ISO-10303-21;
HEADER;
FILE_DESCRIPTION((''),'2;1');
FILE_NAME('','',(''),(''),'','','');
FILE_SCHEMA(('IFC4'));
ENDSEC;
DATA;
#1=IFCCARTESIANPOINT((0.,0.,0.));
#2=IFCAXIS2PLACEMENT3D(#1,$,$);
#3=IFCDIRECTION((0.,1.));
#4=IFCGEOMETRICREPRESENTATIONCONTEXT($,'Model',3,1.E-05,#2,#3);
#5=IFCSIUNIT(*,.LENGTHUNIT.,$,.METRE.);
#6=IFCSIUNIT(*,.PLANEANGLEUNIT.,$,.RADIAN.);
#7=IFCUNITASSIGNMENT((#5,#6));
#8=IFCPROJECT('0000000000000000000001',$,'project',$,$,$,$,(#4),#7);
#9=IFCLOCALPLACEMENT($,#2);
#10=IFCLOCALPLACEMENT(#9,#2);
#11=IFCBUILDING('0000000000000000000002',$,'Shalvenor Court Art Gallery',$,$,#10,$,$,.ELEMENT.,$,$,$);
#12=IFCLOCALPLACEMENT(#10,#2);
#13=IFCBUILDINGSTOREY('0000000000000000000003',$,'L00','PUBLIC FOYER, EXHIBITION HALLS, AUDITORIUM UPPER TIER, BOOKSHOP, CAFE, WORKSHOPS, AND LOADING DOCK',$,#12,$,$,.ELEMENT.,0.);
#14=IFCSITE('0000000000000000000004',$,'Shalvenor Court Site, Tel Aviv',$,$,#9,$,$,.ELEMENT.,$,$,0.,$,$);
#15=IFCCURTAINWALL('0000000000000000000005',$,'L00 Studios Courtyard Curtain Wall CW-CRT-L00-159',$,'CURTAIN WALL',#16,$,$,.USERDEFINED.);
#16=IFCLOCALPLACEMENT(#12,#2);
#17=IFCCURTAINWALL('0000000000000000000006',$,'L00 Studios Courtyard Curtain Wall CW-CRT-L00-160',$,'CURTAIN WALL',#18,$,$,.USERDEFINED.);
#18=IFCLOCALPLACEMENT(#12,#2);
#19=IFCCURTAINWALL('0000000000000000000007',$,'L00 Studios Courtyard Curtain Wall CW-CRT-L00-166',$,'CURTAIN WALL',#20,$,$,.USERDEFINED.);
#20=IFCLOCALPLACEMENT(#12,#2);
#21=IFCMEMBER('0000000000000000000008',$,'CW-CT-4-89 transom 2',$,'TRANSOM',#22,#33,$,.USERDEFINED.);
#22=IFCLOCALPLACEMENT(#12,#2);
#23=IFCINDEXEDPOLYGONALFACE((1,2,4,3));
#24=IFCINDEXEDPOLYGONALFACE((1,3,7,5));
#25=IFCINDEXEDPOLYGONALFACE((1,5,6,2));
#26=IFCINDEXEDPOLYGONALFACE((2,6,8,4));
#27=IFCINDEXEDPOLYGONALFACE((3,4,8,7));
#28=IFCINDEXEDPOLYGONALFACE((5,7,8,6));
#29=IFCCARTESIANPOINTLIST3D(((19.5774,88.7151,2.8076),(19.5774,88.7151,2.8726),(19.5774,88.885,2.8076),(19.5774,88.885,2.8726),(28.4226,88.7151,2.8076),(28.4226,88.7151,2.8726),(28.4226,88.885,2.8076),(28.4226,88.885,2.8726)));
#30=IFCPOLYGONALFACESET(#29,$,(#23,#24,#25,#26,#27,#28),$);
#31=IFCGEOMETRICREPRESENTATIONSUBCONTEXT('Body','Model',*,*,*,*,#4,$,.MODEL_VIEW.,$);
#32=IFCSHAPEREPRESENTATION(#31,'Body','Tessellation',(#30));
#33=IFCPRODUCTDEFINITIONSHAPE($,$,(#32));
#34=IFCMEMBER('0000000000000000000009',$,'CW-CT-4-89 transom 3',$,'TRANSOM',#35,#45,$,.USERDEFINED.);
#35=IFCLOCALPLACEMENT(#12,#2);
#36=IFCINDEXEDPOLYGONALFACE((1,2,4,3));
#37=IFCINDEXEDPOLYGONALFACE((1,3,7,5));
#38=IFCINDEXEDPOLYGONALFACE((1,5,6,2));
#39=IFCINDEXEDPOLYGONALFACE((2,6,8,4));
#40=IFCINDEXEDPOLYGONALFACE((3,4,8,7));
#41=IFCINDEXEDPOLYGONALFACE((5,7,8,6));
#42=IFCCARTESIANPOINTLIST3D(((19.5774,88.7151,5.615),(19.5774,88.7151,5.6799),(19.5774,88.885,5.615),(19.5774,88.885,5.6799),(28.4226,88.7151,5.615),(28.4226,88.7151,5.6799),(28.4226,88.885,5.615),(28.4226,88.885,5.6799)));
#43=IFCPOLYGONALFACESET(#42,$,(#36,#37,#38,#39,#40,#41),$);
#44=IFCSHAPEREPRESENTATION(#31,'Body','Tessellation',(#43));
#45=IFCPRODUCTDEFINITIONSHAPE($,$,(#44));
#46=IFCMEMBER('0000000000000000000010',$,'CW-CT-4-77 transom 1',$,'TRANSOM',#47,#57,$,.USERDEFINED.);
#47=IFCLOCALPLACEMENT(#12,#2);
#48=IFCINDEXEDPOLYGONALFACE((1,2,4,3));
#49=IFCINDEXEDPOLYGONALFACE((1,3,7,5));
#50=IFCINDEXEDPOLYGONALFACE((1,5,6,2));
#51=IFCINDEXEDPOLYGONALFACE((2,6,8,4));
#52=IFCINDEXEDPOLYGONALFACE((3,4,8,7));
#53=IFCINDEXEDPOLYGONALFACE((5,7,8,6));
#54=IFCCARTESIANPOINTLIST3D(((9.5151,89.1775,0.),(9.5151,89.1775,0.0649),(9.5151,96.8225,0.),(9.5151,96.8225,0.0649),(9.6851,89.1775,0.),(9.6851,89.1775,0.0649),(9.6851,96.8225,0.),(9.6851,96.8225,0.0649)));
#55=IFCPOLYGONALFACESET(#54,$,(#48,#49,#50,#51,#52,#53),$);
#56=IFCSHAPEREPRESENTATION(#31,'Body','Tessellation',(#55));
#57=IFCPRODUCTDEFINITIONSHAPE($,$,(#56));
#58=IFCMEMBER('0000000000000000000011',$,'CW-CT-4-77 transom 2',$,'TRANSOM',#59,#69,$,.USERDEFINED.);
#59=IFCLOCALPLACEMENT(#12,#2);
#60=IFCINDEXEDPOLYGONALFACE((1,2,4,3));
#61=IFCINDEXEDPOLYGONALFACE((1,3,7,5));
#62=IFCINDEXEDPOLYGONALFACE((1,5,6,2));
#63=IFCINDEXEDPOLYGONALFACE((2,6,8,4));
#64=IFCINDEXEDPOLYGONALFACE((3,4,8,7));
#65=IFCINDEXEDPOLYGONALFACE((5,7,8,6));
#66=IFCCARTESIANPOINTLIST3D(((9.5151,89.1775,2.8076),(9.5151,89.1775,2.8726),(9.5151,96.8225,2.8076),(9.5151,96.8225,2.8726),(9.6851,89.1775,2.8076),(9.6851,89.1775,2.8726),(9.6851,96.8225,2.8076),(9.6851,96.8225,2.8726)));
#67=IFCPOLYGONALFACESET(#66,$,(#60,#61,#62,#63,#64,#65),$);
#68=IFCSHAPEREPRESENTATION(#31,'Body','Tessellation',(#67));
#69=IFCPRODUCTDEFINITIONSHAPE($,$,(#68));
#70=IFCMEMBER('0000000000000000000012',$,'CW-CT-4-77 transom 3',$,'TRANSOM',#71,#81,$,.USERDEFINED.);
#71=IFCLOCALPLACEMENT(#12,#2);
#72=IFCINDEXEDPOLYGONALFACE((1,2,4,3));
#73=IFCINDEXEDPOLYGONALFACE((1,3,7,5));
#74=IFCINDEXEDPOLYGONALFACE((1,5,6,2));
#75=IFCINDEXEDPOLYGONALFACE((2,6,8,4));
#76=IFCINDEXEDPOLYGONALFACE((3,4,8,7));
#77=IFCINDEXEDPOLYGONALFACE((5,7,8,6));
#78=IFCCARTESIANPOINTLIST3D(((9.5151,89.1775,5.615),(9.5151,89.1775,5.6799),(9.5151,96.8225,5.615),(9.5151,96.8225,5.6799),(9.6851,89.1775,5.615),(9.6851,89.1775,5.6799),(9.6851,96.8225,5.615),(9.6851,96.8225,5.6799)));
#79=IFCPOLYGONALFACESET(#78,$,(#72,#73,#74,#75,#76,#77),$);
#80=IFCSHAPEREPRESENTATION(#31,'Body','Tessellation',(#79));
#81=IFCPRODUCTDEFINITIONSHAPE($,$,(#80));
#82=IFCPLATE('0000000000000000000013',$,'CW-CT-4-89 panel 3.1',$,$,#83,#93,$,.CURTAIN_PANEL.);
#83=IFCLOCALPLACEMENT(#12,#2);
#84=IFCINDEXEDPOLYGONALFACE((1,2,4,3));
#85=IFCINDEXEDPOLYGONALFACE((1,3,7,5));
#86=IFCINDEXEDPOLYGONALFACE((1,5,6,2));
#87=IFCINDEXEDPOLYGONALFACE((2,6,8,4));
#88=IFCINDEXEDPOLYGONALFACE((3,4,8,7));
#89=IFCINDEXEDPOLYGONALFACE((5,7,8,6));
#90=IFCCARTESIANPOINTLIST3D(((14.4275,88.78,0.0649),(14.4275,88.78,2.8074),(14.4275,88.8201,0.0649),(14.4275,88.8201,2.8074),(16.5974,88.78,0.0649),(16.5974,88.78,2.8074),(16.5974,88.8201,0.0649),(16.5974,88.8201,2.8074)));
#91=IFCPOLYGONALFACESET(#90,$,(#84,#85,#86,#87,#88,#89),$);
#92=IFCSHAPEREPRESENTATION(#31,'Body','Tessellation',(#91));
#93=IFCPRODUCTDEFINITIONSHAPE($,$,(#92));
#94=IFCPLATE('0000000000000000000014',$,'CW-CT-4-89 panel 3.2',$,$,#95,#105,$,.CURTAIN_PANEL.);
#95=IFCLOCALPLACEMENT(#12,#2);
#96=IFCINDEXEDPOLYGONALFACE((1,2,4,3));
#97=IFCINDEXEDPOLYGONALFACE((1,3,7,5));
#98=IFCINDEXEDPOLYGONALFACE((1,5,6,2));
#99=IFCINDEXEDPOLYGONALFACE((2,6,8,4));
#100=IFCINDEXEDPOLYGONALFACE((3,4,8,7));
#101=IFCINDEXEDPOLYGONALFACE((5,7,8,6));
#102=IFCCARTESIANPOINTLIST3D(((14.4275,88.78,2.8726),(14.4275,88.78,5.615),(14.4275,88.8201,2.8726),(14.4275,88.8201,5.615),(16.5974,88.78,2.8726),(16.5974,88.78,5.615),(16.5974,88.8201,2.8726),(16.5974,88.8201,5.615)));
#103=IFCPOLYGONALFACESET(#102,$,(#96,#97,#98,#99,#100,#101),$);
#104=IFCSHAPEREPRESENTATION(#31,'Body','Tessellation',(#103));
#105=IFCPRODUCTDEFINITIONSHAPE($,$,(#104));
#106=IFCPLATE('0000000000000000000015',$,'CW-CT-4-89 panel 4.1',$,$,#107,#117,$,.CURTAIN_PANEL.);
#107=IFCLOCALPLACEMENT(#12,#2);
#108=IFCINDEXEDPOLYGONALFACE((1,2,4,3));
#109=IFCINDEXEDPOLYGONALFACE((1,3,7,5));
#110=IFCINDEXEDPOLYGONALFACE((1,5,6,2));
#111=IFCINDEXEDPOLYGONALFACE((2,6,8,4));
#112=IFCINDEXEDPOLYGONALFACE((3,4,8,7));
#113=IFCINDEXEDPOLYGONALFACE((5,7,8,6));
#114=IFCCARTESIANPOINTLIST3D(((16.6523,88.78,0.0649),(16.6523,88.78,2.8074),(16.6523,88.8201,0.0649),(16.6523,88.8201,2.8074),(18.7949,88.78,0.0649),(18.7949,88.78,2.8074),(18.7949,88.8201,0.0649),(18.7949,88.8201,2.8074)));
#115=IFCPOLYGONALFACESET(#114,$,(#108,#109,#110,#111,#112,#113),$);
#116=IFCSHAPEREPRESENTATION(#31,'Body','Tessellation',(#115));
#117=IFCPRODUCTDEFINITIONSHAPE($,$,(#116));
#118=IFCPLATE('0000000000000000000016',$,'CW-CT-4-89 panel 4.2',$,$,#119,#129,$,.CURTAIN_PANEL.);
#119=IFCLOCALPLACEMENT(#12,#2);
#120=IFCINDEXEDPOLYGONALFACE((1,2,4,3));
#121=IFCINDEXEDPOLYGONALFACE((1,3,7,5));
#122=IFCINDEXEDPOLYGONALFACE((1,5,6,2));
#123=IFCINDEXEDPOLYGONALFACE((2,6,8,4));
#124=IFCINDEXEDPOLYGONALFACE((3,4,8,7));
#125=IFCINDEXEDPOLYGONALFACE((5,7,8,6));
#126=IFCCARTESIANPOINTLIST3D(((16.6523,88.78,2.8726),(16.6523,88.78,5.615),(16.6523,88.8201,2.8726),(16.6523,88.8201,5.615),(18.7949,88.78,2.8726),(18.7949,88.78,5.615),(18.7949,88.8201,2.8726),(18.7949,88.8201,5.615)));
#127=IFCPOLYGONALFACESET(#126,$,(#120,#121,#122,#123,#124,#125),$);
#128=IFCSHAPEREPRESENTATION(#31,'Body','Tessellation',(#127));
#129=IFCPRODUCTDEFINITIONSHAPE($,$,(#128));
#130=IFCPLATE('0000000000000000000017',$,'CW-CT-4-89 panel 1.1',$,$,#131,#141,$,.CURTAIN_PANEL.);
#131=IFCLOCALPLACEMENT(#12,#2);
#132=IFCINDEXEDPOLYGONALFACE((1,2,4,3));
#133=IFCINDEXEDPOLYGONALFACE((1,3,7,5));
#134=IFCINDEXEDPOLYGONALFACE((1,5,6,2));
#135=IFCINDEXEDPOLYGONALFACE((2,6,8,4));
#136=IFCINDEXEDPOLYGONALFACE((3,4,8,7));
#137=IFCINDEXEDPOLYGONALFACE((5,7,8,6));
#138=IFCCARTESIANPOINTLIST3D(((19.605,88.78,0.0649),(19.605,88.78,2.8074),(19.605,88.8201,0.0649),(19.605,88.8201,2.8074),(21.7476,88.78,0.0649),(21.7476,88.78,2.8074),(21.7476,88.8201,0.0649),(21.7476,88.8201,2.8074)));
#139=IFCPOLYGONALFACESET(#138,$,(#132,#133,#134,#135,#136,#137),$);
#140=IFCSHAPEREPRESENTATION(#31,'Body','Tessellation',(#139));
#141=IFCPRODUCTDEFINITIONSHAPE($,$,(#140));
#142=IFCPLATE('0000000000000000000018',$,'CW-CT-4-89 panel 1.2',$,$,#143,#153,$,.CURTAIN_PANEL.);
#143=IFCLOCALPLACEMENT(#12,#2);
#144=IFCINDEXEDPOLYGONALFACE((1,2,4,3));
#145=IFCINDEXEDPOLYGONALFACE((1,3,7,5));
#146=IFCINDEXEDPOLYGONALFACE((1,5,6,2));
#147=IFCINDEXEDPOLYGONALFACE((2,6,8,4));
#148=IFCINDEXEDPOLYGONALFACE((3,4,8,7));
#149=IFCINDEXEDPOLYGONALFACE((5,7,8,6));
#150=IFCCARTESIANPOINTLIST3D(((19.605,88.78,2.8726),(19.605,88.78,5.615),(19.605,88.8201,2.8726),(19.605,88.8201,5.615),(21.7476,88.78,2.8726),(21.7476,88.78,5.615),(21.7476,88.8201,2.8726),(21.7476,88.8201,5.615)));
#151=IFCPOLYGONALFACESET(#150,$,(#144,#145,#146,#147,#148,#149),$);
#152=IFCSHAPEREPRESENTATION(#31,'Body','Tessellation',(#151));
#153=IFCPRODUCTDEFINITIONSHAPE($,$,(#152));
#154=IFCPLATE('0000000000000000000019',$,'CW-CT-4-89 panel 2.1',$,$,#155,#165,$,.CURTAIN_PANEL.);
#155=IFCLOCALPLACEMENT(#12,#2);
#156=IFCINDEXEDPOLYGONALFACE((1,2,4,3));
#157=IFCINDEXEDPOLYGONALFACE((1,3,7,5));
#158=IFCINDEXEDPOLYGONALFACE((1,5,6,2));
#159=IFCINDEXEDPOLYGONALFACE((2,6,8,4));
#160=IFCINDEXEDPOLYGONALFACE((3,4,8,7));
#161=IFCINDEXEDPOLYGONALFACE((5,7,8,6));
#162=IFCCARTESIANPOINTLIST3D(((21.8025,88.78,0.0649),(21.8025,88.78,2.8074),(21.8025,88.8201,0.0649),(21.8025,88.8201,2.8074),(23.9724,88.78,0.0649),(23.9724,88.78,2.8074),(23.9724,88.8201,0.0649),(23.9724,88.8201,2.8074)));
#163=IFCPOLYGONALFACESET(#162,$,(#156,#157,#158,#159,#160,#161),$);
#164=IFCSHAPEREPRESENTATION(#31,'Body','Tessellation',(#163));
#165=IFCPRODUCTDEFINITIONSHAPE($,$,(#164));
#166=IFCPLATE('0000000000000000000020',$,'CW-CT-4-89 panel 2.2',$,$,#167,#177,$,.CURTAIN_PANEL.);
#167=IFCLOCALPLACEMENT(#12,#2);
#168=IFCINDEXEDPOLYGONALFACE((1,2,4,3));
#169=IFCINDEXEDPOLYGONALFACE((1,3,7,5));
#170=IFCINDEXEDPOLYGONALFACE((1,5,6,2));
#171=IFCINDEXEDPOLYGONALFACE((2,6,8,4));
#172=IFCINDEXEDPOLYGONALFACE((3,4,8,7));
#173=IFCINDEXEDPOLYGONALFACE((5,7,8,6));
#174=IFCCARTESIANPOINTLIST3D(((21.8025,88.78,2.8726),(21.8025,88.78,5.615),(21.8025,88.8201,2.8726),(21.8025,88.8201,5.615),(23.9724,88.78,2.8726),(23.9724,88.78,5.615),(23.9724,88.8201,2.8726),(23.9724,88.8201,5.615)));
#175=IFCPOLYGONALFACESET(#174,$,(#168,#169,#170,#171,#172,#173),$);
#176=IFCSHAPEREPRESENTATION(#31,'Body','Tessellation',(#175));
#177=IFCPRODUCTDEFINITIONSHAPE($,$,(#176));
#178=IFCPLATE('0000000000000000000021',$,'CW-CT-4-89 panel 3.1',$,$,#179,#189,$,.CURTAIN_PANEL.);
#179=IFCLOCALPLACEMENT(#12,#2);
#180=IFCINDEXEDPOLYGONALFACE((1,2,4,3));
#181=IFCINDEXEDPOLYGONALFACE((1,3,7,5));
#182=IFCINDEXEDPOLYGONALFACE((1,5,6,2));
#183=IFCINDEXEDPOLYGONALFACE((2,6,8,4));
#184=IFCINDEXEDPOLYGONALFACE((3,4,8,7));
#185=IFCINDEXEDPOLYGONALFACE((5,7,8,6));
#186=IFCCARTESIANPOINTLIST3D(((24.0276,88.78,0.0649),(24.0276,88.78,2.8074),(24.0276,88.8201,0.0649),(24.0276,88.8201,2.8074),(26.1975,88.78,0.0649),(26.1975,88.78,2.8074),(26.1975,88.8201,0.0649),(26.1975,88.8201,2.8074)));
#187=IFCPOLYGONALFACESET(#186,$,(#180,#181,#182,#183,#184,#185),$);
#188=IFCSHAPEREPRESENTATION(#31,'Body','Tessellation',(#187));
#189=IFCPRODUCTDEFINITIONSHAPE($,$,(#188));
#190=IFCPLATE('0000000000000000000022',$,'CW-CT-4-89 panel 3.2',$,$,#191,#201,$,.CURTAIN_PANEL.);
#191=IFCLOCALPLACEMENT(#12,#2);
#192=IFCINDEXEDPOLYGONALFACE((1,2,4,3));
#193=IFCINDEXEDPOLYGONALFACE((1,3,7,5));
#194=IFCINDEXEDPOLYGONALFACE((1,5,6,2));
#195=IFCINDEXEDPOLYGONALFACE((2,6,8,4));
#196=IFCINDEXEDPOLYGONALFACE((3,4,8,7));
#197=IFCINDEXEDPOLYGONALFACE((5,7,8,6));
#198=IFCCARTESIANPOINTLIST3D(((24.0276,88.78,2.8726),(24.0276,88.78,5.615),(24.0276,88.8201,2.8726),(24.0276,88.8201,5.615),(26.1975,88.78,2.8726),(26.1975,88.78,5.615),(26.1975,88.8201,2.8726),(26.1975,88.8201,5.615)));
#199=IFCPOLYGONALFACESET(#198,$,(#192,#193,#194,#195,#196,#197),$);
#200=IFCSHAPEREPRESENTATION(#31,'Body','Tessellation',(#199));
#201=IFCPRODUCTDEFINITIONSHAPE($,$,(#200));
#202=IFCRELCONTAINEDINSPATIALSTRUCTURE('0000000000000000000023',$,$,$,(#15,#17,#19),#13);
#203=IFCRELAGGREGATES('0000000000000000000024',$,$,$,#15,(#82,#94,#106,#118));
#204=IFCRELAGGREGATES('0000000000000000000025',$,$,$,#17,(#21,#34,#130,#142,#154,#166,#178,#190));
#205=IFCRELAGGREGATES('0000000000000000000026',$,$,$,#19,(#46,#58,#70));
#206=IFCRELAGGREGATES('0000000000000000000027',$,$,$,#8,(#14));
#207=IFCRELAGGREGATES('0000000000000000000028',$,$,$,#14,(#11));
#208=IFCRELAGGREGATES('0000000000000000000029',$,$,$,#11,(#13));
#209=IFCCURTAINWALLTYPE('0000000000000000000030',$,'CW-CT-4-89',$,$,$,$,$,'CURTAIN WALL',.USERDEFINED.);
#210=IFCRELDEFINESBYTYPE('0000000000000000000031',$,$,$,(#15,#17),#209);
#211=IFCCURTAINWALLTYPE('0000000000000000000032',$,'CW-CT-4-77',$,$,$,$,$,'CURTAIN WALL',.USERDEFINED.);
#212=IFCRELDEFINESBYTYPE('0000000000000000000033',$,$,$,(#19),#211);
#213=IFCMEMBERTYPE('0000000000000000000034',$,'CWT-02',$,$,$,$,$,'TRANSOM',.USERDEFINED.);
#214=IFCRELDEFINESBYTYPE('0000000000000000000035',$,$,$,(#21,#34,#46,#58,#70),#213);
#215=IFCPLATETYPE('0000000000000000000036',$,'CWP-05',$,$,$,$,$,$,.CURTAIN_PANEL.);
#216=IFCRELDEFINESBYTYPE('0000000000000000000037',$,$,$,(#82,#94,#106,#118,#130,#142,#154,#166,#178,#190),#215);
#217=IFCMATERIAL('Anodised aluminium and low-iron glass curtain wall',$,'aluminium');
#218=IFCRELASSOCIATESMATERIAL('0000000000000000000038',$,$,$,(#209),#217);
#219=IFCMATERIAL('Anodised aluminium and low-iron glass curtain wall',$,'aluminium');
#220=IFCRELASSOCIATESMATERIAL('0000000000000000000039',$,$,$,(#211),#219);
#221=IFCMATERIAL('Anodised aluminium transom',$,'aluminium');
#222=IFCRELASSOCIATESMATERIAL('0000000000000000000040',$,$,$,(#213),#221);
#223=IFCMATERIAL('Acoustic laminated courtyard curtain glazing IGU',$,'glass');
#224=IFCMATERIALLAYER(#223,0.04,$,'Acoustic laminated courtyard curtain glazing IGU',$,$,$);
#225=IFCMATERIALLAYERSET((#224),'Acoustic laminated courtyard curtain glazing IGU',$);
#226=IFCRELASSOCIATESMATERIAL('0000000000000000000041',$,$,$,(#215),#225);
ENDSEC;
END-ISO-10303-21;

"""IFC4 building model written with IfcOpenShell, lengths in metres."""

from ifc_helpers import new_model, si_unit, direction, frame, origin, origin_2d, place, context, subcontext, project, spatial, rectangle, extrude, material, layer, layer_set, material_profile, profile_set, type_object, element, aggregate, save


model = new_model("IFC4")

# Units and contexts
model_context = context("Model", 3, precision=1e-05, world=origin(), true_north=direction((0.0, 1.0)))
body_context = subcontext(model_context, "Body", "Model", "MODEL_VIEW")
ifc_project = project(units=[si_unit("LENGTHUNIT", "METRE"), si_unit("PLANEANGLEUNIT", "RADIAN")], contexts=[model_context])

# Site, building, storey
site_placement = place(None, origin())
site = spatial("IfcSite", under=ifc_project, at=site_placement, Name="Shalvenor Court Site, Tel Aviv", CompositionType="ELEMENT", RefElevation=0.0)
building_placement = place(site_placement, origin())
building = spatial("IfcBuilding", under=site, at=building_placement, Name="Shalvenor Court Art Gallery", CompositionType="ELEMENT")
storey_placement = place(building_placement, origin())
storey = spatial("IfcBuildingStorey", under=building, at=storey_placement, Name="L00", Description="PUBLIC FOYER, EXHIBITION HALLS, AUDITORIUM UPPER TIER, BOOKSHOP, CAFE, WORKSHOPS, AND LOADING DOCK", CompositionType="ELEMENT", Elevation=0.0)

# Curtain walls
ifc_material_1 = material(Name="Anodised aluminium and low-iron glass curtain wall", Category="aluminium")
curtain_wall_type_1 = type_object("IfcCurtainWallType", Name="CW-CT-4-89", ElementType="CURTAIN WALL", PredefinedType="USERDEFINED", material=ifc_material_1)
curtain_wall_1_placement = place(storey_placement, origin())
curtain_wall_1 = element("IfcCurtainWall", 1, at=curtain_wall_1_placement, inside=storey, type_object=curtain_wall_type_1, Name="L00 Studios Courtyard Curtain Wall CW-CRT-L00-159", ObjectType="CURTAIN WALL", PredefinedType="USERDEFINED")
curtain_wall_2_placement = place(storey_placement, origin())
curtain_wall_2 = element("IfcCurtainWall", 2, at=curtain_wall_2_placement, inside=storey, type_object=curtain_wall_type_1, Name="L00 Studios Courtyard Curtain Wall CW-CRT-L00-160", ObjectType="CURTAIN WALL", PredefinedType="USERDEFINED")
ifc_material_2 = material(Name="Anodised aluminium and low-iron glass curtain wall", Category="aluminium")
curtain_wall_type_2 = type_object("IfcCurtainWallType", Name="CW-CT-4-77", ElementType="CURTAIN WALL", PredefinedType="USERDEFINED", material=ifc_material_2)

# Curtain wall
curtain_wall_3_placement = place(storey_placement, origin())
curtain_wall_3 = element("IfcCurtainWall", 3, at=curtain_wall_3_placement, inside=storey, type_object=curtain_wall_type_2, Name="L00 Studios Courtyard Curtain Wall CW-CRT-L00-166", ObjectType="CURTAIN WALL", PredefinedType="USERDEFINED")

# Members
ifc_material_3 = material(Name="Anodised aluminium transom", Category="aluminium")
ifc_material_profile_1 = material_profile(ifc_material_3, rectangle(XDim=0.1699, YDim=0.0649, at=origin_2d()), Name="CWT-02")
ifc_profile_set_1 = profile_set([ifc_material_profile_1], Name="Anodised aluminium transom")
member_type_1 = type_object("IfcMemberType", Name="CWT-02", ElementType="TRANSOM", PredefinedType="USERDEFINED", material=ifc_profile_set_1)
member_1_placement = place(storey_placement, frame((19.5774, 88.8, 2.8401), z_axis=(1.0, 0.0, 0.0), x_axis=(0.0, 1.0, 0.0)))
member_1 = element("IfcMember", 4, at=member_1_placement, type_object=member_type_1, Name="CW-CT-4-89 transom 2", ObjectType="TRANSOM", PredefinedType="USERDEFINED", context=body_context, shape_type="SweptSolid", body=[
    extrude(rectangle(XDim=0.1699, YDim=0.0649, at=origin_2d()), origin(), (0.0, 0.0, 1.0), 8.8452),
])
member_2_placement = place(storey_placement, frame((19.5774, 88.8, 5.6475), z_axis=(1.0, 0.0, 0.0), x_axis=(0.0, 1.0, 0.0)))
member_2 = element("IfcMember", 5, at=member_2_placement, type_object=member_type_1, Name="CW-CT-4-89 transom 3", ObjectType="TRANSOM", PredefinedType="USERDEFINED", context=body_context, shape_type="SweptSolid", body=[
    extrude(rectangle(XDim=0.1699, YDim=0.0649, at=origin_2d()), origin(), (0.0, 0.0, 1.0), 8.8452),
])
member_3_placement = place(storey_placement, frame((9.6001, 96.8225, 0.0325), z_axis=(0.0, -1.0, 0.0), x_axis=(1.0, 0.0, 0.0)))
member_3 = element("IfcMember", 6, at=member_3_placement, type_object=member_type_1, Name="CW-CT-4-77 transom 1", ObjectType="TRANSOM", PredefinedType="USERDEFINED", context=body_context, shape_type="SweptSolid", body=[
    extrude(rectangle(XDim=0.1699, YDim=0.0649, at=origin_2d()), origin(), (0.0, 0.0, 1.0), 7.645),
])
member_4_placement = place(storey_placement, frame((9.6001, 96.8225, 2.8401), z_axis=(0.0, -1.0, 0.0), x_axis=(1.0, 0.0, 0.0)))
member_4 = element("IfcMember", 7, at=member_4_placement, type_object=member_type_1, Name="CW-CT-4-77 transom 2", ObjectType="TRANSOM", PredefinedType="USERDEFINED", context=body_context, shape_type="SweptSolid", body=[
    extrude(rectangle(XDim=0.1699, YDim=0.0649, at=origin_2d()), origin(), (0.0, 0.0, 1.0), 7.645),
])
member_5_placement = place(storey_placement, frame((9.6001, 96.8225, 5.6475), z_axis=(0.0, -1.0, 0.0), x_axis=(1.0, 0.0, 0.0)))
member_5 = element("IfcMember", 8, at=member_5_placement, type_object=member_type_1, Name="CW-CT-4-77 transom 3", ObjectType="TRANSOM", PredefinedType="USERDEFINED", context=body_context, shape_type="SweptSolid", body=[
    extrude(rectangle(XDim=0.1699, YDim=0.0649, at=origin_2d()), origin(), (0.0, 0.0, 1.0), 7.645),
])

# Plates
ifc_material_4 = material(Name="Acoustic laminated courtyard curtain glazing IGU", Category="glass")
ifc_layer = layer(ifc_material_4, 0.04, Name="Acoustic laminated courtyard curtain glazing IGU")
ifc_layer_set = layer_set([ifc_layer], Name="Acoustic laminated courtyard curtain glazing IGU")
plate_type = type_object("IfcPlateType", Name="CWP-05", PredefinedType="CURTAIN_PANEL", material=ifc_layer_set)
plate_1_placement = place(storey_placement, frame((15.5125, 88.8, 0.0649), z_axis=(0.0, 0.0, 1.0), x_axis=(1.0, 0.0, 0.0)))
plate_1 = element("IfcPlate", 9, at=plate_1_placement, type_object=plate_type, Name="CW-CT-4-89 panel 3.1", PredefinedType="CURTAIN_PANEL", context=body_context, shape_type="SweptSolid", body=[
    extrude(rectangle(XDim=2.1699, YDim=0.04, at=origin_2d()), origin(), (0.0, 0.0, 1.0), 2.7424),
])
plate_2_placement = place(storey_placement, frame((15.5125, 88.8, 2.8726), z_axis=(0.0, 0.0, 1.0), x_axis=(1.0, 0.0, 0.0)))
plate_2 = element("IfcPlate", 10, at=plate_2_placement, type_object=plate_type, Name="CW-CT-4-89 panel 3.2", PredefinedType="CURTAIN_PANEL", context=body_context, shape_type="SweptSolid", body=[
    extrude(rectangle(XDim=2.1699, YDim=0.04, at=origin_2d()), origin(), (0.0, 0.0, 1.0), 2.7424),
])
plate_3_placement = place(storey_placement, frame((17.7236, 88.8, 0.0649), z_axis=(0.0, 0.0, 1.0), x_axis=(1.0, 0.0, 0.0)))
plate_3 = element("IfcPlate", 11, at=plate_3_placement, type_object=plate_type, Name="CW-CT-4-89 panel 4.1", PredefinedType="CURTAIN_PANEL", context=body_context, shape_type="SweptSolid", body=[
    extrude(rectangle(XDim=2.1426, YDim=0.04, at=origin_2d()), origin(), (0.0, 0.0, 1.0), 2.7424),
])
plate_4_placement = place(storey_placement, frame((17.7236, 88.8, 2.8726), z_axis=(0.0, 0.0, 1.0), x_axis=(1.0, 0.0, 0.0)))
plate_4 = element("IfcPlate", 12, at=plate_4_placement, type_object=plate_type, Name="CW-CT-4-89 panel 4.2", PredefinedType="CURTAIN_PANEL", context=body_context, shape_type="SweptSolid", body=[
    extrude(rectangle(XDim=2.1426, YDim=0.04, at=origin_2d()), origin(), (0.0, 0.0, 1.0), 2.7424),
])
aggregate(curtain_wall_1, [plate_1, plate_2, plate_3, plate_4])
plate_5_placement = place(storey_placement, frame((20.6763, 88.8, 0.0649), z_axis=(0.0, 0.0, 1.0), x_axis=(1.0, 0.0, 0.0)))
plate_5 = element("IfcPlate", 13, at=plate_5_placement, type_object=plate_type, Name="CW-CT-4-89 panel 1.1", PredefinedType="CURTAIN_PANEL", context=body_context, shape_type="SweptSolid", body=[
    extrude(rectangle(XDim=2.1426, YDim=0.04, at=origin_2d()), origin(), (0.0, 0.0, 1.0), 2.7424),
])
plate_6_placement = place(storey_placement, frame((20.6763, 88.8, 2.8726), z_axis=(0.0, 0.0, 1.0), x_axis=(1.0, 0.0, 0.0)))
plate_6 = element("IfcPlate", 14, at=plate_6_placement, type_object=plate_type, Name="CW-CT-4-89 panel 1.2", PredefinedType="CURTAIN_PANEL", context=body_context, shape_type="SweptSolid", body=[
    extrude(rectangle(XDim=2.1426, YDim=0.04, at=origin_2d()), origin(), (0.0, 0.0, 1.0), 2.7424),
])
plate_7_placement = place(storey_placement, frame((22.8875, 88.8, 0.0649), z_axis=(0.0, 0.0, 1.0), x_axis=(1.0, 0.0, 0.0)))
plate_7 = element("IfcPlate", 15, at=plate_7_placement, type_object=plate_type, Name="CW-CT-4-89 panel 2.1", PredefinedType="CURTAIN_PANEL", context=body_context, shape_type="SweptSolid", body=[
    extrude(rectangle(XDim=2.1699, YDim=0.04, at=origin_2d()), origin(), (0.0, 0.0, 1.0), 2.7424),
])
plate_8_placement = place(storey_placement, frame((22.8875, 88.8, 2.8726), z_axis=(0.0, 0.0, 1.0), x_axis=(1.0, 0.0, 0.0)))
plate_8 = element("IfcPlate", 16, at=plate_8_placement, type_object=plate_type, Name="CW-CT-4-89 panel 2.2", PredefinedType="CURTAIN_PANEL", context=body_context, shape_type="SweptSolid", body=[
    extrude(rectangle(XDim=2.1699, YDim=0.04, at=origin_2d()), origin(), (0.0, 0.0, 1.0), 2.7424),
])
plate_9_placement = place(storey_placement, frame((25.1125, 88.8, 0.0649), z_axis=(0.0, 0.0, 1.0), x_axis=(1.0, 0.0, 0.0)))
plate_9 = element("IfcPlate", 17, at=plate_9_placement, type_object=plate_type, Name="CW-CT-4-89 panel 3.1", PredefinedType="CURTAIN_PANEL", context=body_context, shape_type="SweptSolid", body=[
    extrude(rectangle(XDim=2.1699, YDim=0.04, at=origin_2d()), origin(), (0.0, 0.0, 1.0), 2.7424),
])
plate_10_placement = place(storey_placement, frame((25.1125, 88.8, 2.8726), z_axis=(0.0, 0.0, 1.0), x_axis=(1.0, 0.0, 0.0)))
plate_10 = element("IfcPlate", 18, at=plate_10_placement, type_object=plate_type, Name="CW-CT-4-89 panel 3.2", PredefinedType="CURTAIN_PANEL", context=body_context, shape_type="SweptSolid", body=[
    extrude(rectangle(XDim=2.1699, YDim=0.04, at=origin_2d()), origin(), (0.0, 0.0, 1.0), 2.7424),
])
aggregate(curtain_wall_2, [member_1, member_2, plate_5, plate_6, plate_7, plate_8, plate_9, plate_10])
aggregate(curtain_wall_3, [member_3, member_4, member_5])

save(model, "model.ifc")
